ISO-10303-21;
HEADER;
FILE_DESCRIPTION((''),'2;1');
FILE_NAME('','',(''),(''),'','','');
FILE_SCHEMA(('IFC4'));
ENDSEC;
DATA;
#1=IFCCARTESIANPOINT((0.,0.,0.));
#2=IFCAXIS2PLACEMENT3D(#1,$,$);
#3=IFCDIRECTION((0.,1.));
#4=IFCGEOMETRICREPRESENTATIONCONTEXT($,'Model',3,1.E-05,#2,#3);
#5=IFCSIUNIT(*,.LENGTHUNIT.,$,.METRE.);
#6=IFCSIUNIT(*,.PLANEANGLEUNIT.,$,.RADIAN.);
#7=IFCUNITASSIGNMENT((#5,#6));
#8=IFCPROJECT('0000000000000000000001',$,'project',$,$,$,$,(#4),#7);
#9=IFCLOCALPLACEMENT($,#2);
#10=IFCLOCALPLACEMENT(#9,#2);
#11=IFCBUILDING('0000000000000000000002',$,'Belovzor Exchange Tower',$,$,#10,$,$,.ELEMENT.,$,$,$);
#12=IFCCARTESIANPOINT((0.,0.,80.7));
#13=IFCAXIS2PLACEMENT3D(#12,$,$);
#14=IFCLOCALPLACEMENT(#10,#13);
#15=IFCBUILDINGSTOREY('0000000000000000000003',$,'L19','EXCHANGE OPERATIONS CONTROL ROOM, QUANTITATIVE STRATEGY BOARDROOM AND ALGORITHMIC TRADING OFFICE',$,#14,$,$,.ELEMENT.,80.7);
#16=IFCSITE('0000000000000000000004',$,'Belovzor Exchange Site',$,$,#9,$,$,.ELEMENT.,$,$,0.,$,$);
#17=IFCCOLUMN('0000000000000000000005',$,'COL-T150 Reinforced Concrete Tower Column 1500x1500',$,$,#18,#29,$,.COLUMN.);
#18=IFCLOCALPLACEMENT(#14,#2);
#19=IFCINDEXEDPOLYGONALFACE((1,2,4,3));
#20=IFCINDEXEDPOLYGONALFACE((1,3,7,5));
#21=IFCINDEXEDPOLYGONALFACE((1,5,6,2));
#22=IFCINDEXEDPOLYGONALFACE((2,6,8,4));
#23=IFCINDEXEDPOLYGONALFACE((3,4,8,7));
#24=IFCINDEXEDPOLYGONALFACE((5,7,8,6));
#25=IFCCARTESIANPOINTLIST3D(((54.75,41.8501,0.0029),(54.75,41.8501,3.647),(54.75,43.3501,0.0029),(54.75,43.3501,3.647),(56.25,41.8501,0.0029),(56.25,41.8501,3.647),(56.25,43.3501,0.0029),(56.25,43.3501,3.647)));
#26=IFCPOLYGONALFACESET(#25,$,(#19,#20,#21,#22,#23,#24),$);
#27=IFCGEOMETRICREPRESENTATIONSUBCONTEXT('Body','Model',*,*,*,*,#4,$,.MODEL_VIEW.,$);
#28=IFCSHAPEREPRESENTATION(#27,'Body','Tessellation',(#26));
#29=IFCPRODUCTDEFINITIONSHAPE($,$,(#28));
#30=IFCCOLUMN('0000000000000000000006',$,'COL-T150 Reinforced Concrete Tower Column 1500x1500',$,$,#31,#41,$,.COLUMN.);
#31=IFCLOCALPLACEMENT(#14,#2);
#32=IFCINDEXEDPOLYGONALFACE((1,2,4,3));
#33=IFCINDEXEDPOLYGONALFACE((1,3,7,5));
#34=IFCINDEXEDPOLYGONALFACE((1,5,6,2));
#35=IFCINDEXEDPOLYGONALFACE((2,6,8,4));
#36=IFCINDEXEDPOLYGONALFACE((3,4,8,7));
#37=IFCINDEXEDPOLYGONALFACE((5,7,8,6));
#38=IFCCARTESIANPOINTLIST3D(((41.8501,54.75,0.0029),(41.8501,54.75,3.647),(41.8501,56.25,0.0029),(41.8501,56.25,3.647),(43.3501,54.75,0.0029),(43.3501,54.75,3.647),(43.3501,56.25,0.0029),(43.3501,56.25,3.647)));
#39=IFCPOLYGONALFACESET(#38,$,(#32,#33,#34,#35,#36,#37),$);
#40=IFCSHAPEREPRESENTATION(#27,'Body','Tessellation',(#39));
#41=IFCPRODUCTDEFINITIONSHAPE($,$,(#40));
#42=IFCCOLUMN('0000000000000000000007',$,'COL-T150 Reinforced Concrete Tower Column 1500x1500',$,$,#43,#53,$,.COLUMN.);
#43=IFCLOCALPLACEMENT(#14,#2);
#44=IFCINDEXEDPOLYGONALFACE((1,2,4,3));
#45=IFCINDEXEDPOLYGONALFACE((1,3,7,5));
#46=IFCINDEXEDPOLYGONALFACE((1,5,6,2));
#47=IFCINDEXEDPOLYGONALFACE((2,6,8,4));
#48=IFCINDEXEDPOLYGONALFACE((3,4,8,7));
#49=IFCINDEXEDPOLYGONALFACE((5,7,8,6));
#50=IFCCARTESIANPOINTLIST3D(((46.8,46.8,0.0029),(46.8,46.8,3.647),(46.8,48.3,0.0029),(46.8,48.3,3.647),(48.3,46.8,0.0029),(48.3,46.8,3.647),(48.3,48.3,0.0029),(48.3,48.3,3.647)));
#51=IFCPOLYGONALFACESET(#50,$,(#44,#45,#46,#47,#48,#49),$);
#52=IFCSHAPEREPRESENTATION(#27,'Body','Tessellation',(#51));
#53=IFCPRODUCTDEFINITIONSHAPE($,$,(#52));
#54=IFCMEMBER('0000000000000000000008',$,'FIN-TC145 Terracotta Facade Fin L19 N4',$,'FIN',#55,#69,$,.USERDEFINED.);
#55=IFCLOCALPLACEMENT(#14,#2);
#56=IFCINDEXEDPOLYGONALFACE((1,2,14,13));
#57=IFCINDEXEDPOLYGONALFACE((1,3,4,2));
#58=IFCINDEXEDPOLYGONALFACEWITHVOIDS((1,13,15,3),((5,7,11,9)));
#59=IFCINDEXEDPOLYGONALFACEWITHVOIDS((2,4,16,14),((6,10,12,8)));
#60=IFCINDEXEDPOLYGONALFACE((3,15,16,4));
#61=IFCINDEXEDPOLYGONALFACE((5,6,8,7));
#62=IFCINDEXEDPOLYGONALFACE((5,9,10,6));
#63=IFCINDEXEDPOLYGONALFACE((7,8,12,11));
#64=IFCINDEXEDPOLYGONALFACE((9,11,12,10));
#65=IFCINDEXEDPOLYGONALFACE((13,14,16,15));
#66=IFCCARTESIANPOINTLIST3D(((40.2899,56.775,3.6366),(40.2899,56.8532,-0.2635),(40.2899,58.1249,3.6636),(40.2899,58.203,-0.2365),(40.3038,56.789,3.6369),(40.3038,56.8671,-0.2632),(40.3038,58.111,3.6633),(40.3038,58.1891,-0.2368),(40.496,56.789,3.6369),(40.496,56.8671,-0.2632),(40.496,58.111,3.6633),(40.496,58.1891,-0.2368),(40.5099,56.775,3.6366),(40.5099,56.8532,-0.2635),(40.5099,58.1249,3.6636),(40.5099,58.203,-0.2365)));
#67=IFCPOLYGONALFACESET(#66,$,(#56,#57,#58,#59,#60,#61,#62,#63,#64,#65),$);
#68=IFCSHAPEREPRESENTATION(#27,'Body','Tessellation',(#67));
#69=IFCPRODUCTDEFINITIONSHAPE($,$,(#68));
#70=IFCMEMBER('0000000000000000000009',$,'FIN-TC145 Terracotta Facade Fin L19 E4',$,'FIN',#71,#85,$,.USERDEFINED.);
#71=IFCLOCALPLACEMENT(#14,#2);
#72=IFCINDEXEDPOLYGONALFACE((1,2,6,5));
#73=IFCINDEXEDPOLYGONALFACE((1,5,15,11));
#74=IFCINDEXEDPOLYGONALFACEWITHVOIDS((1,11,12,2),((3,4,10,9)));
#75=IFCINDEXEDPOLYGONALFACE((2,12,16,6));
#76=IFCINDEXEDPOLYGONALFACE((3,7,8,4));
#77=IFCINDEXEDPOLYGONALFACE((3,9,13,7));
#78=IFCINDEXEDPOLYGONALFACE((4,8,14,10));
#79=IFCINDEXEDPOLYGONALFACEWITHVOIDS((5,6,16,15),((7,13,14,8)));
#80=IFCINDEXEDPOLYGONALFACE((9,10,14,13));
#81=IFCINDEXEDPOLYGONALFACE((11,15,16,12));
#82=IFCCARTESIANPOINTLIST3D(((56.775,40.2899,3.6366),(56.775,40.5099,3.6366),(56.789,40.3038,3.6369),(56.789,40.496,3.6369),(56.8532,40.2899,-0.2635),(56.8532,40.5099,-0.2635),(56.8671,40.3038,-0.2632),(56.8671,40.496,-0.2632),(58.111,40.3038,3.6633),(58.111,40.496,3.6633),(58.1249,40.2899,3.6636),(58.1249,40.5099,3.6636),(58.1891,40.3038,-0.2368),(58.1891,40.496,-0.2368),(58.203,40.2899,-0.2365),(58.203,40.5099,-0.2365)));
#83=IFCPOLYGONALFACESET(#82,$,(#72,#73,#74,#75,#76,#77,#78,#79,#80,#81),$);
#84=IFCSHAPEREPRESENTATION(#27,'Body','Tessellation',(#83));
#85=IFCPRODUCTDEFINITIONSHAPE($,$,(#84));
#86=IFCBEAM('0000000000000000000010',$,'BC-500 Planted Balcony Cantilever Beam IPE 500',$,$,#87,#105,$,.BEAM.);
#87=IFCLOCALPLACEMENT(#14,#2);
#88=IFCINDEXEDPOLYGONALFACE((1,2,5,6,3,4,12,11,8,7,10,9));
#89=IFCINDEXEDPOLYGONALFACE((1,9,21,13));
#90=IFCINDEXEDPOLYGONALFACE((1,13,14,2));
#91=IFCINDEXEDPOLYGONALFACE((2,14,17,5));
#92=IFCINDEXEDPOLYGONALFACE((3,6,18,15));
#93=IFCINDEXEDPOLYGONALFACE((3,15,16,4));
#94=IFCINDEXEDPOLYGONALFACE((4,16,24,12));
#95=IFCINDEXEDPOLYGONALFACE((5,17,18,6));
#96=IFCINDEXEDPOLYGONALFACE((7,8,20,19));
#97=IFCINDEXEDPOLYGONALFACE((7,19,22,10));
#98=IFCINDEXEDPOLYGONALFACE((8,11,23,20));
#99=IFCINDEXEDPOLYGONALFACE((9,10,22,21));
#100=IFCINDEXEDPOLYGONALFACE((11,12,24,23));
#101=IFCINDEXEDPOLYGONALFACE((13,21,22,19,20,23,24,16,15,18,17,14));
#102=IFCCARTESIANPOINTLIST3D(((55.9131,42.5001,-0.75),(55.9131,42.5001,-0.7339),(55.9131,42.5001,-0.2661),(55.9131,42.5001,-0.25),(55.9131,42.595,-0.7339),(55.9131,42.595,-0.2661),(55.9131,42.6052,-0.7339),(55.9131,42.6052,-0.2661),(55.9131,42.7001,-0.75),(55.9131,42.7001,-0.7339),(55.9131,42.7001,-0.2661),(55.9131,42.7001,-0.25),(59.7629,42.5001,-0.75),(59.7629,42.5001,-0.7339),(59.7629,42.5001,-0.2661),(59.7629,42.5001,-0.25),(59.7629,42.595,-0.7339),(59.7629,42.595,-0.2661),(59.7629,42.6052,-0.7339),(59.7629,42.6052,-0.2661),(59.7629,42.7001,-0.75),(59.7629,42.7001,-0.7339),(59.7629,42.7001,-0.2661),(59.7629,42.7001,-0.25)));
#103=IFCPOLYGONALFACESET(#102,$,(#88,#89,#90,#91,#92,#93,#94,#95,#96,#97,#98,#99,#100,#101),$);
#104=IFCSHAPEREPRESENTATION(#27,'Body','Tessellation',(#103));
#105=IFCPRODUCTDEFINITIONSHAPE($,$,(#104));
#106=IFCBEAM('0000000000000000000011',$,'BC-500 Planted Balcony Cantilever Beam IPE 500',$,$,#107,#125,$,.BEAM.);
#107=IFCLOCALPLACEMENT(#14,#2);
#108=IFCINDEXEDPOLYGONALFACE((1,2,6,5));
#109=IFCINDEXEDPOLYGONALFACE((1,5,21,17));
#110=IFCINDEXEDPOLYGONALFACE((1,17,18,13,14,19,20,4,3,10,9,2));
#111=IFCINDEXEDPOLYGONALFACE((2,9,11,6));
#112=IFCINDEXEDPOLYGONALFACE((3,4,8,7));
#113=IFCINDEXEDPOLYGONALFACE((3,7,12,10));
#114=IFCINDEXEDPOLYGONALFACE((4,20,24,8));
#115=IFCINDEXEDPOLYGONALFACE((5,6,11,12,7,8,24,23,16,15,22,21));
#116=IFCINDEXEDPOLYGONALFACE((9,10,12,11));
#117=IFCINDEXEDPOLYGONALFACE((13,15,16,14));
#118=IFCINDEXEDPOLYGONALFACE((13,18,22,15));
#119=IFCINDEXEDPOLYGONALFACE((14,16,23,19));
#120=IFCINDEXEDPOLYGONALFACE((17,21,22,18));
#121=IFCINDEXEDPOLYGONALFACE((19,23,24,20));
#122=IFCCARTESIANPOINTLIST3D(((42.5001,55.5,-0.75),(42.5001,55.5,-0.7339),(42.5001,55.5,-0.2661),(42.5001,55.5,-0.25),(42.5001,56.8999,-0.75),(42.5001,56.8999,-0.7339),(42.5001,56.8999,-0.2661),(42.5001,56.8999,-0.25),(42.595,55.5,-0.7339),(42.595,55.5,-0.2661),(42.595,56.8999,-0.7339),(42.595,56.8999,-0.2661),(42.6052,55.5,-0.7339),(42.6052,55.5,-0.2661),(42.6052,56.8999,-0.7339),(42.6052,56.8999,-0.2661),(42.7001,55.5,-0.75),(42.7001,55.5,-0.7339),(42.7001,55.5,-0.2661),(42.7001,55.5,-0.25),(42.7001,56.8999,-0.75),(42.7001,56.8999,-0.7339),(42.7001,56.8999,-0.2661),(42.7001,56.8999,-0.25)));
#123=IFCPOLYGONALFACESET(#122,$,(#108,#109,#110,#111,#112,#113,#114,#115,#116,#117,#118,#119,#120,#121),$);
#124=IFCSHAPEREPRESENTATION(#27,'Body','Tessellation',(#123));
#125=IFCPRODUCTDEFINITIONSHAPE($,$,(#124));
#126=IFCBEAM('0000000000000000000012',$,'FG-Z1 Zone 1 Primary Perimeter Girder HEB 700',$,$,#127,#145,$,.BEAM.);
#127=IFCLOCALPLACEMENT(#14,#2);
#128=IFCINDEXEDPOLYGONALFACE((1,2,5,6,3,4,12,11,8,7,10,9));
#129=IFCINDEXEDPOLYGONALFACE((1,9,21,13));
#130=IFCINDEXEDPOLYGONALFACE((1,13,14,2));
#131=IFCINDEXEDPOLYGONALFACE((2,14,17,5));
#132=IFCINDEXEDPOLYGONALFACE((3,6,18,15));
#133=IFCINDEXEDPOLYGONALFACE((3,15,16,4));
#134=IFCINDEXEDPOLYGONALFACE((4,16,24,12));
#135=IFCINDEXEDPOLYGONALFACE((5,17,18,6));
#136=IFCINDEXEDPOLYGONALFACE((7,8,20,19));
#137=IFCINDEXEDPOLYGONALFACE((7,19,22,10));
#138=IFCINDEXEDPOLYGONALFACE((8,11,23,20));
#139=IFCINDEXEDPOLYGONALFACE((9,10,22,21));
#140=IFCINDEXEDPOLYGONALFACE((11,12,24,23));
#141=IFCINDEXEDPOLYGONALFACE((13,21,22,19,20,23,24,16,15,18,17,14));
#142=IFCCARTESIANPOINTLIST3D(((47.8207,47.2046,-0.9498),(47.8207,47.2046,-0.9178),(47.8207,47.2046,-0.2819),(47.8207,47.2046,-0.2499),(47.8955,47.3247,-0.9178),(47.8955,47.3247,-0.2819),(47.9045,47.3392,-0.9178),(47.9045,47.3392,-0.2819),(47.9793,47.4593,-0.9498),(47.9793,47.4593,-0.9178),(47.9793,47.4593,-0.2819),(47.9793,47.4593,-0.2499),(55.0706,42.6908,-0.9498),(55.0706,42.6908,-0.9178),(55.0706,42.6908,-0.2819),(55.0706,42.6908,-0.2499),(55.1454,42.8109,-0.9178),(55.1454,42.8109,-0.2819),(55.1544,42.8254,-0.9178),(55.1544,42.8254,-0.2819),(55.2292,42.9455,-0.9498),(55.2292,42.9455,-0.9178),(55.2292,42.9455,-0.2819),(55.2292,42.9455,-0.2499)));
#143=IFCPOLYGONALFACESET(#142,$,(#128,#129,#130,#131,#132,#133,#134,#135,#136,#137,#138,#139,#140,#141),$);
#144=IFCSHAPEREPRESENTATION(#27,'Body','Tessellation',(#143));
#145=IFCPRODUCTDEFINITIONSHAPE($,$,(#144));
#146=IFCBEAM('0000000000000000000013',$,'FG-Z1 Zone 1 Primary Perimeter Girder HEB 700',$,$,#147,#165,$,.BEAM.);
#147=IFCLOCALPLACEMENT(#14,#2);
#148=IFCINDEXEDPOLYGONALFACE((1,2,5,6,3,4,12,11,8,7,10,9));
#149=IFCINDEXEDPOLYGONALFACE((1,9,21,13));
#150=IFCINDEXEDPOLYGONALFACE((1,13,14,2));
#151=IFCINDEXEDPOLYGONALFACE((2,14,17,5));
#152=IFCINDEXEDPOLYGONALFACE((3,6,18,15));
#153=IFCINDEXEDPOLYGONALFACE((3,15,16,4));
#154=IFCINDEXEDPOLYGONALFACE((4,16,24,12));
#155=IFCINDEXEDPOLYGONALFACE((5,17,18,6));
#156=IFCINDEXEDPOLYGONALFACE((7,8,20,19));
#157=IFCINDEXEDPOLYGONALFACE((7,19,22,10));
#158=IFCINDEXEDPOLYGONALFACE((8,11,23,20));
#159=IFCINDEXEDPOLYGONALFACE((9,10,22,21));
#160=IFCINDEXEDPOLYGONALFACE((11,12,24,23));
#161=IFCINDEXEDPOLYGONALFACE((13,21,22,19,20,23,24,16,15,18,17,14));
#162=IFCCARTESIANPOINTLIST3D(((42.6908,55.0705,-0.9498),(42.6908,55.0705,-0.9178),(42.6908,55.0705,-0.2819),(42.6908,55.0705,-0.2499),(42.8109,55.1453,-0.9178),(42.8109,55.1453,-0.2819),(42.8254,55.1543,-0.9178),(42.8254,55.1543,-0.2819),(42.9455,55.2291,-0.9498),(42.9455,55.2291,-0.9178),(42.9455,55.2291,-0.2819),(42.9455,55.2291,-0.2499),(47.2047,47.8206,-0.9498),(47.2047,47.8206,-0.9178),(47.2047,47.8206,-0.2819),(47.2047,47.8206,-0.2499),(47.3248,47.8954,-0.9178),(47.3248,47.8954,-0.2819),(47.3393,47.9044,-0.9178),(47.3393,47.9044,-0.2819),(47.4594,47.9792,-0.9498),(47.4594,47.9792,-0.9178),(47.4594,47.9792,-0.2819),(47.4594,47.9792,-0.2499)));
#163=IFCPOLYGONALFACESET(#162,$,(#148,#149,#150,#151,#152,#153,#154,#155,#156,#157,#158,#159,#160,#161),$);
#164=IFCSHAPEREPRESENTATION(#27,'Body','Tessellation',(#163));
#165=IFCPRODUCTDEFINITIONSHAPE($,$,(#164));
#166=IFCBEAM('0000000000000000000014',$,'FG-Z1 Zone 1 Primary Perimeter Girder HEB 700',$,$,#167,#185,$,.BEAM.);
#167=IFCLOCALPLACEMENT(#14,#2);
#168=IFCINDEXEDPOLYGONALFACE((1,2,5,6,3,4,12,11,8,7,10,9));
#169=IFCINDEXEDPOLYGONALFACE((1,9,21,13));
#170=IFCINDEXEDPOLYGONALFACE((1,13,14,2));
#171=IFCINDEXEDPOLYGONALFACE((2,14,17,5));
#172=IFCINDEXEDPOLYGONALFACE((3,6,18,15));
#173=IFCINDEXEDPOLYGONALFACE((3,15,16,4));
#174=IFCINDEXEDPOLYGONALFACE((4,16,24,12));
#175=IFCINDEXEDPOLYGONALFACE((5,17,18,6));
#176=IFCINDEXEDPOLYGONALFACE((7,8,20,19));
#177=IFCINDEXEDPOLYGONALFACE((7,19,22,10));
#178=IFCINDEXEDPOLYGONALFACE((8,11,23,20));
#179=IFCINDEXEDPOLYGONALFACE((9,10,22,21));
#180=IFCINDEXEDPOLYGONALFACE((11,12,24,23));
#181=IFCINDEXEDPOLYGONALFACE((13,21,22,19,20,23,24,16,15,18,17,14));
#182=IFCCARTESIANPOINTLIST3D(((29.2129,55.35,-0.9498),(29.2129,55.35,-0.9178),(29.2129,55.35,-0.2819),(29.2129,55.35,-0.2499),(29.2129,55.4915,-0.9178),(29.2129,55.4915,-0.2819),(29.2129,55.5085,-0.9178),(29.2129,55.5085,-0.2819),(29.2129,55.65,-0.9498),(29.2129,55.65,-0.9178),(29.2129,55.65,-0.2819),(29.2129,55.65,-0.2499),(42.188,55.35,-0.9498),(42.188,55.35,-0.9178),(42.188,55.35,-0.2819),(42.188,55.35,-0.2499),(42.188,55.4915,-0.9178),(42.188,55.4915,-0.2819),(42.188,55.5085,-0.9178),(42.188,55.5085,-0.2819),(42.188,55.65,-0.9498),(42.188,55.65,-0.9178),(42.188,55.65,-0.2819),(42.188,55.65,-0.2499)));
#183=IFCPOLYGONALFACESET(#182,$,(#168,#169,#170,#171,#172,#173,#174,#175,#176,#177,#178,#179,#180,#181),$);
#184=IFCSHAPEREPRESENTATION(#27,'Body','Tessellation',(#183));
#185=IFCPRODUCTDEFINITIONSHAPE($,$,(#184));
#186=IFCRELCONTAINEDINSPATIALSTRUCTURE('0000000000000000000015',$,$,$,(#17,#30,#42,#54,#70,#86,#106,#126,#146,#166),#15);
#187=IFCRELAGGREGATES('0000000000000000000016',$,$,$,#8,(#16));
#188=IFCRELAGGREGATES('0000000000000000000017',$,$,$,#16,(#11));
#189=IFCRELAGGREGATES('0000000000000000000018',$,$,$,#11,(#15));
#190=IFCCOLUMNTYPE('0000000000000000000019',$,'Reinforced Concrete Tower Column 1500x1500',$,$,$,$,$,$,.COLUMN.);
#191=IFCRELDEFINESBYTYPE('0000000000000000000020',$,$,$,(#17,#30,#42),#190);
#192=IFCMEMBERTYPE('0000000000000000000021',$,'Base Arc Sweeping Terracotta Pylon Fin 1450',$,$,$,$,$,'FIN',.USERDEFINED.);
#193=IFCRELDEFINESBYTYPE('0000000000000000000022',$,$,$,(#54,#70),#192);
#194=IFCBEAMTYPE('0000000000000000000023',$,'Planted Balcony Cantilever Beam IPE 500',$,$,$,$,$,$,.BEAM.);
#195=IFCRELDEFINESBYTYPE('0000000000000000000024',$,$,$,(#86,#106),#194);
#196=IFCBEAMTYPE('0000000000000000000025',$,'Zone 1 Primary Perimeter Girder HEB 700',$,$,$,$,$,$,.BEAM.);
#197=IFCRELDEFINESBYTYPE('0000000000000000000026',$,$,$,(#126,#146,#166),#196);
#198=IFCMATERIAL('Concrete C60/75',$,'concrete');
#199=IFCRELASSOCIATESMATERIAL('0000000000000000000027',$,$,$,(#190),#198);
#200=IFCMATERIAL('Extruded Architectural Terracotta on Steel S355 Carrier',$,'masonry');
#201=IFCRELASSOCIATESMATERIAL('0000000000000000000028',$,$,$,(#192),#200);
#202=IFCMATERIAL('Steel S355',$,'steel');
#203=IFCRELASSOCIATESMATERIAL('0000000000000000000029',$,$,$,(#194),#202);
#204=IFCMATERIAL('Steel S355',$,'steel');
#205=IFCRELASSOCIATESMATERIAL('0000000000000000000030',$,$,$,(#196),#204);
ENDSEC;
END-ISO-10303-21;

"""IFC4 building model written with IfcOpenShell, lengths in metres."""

from ifc_helpers import new_model, si_unit, direction, frame, origin, origin_2d, place, context, subcontext, project, spatial, rectangle, hollow_rectangle, i_section, extrude, material, material_profile, profile_set, type_object, element, save


model = new_model("IFC4")

# Units and contexts
model_context = context("Model", 3, precision=1e-05, world=origin(), true_north=direction((0.0, 1.0)))
body_context = subcontext(model_context, "Body", "Model", "MODEL_VIEW")
ifc_project = project(units=[si_unit("LENGTHUNIT", "METRE"), si_unit("PLANEANGLEUNIT", "RADIAN")], contexts=[model_context])

# Site, building, storey
site_placement = place(None, origin())
site = spatial("IfcSite", under=ifc_project, at=site_placement, Name="Belovzor Exchange Site", CompositionType="ELEMENT", RefElevation=0.0)
building_placement = place(site_placement, origin())
building = spatial("IfcBuilding", under=site, at=building_placement, Name="Belovzor Exchange Tower", CompositionType="ELEMENT")
storey_placement = place(building_placement, frame((0.0, 0.0, 80.7)))
storey = spatial("IfcBuildingStorey", under=building, at=storey_placement, Name="L19", Description="EXCHANGE OPERATIONS CONTROL ROOM, QUANTITATIVE STRATEGY BOARDROOM AND ALGORITHMIC TRADING OFFICE", CompositionType="ELEMENT", Elevation=80.7)

# Columns
ifc_material_1 = material(Name="Concrete C60/75", Category="concrete")
ifc_material_profile_1 = material_profile(ifc_material_1, rectangle(XDim=1.5, YDim=1.5, at=origin_2d()))
ifc_profile_set_1 = profile_set([ifc_material_profile_1], Name="Concrete C60/75")
column_type = type_object("IfcColumnType", Name="Reinforced Concrete Tower Column 1500x1500", PredefinedType="COLUMN", material=ifc_profile_set_1)
for number, where, z_axis, x_axis, name in (
    (1, (55.5, 42.6001, 0.0029), (0.0, 0.0, 1.0), (1.0, 0.0, 0.0), "COL-T150 Reinforced Concrete Tower Column 1500x1500"),
    (2, (42.6001, 55.5, 0.0029), (0.0, 0.0, 1.0), (1.0, 0.0, 0.0), "COL-T150 Reinforced Concrete Tower Column 1500x1500"),
    (3, (47.55, 47.55, 0.0029), (0.0, 0.0, 1.0), (1.0, 0.0, 0.0), "COL-T150 Reinforced Concrete Tower Column 1500x1500"),
):
    element("IfcColumn", number, at=place(storey_placement, frame(where, z_axis=z_axis, x_axis=x_axis)), inside=storey, type_object=column_type, Name=name, PredefinedType="COLUMN", context=body_context, shape_type="SweptSolid", body=[
        extrude(rectangle(XDim=1.5, YDim=1.5, at=origin_2d()), origin(), (0.0, 0.0, 1.0), 3.644),
    ])

# Members
ifc_material_2 = material(Name="Extruded Architectural Terracotta on Steel S355 Carrier", Category="masonry")
ifc_material_profile_2 = material_profile(ifc_material_2, hollow_rectangle(XDim=0.22, YDim=1.3501, WallThickness=0.0139, at=origin_2d()))
ifc_profile_set_2 = profile_set([ifc_material_profile_2], Name="Extruded Architectural Terracotta on Steel S355 Carrier")
member_type = type_object("IfcMemberType", Name="Base Arc Sweeping Terracotta Pylon Fin 1450", ElementType="FIN", PredefinedType="USERDEFINED", material=ifc_profile_set_2)
for number, where, z_axis, x_axis, name in (
    (4, (40.3999, 57.5281, -0.25), (0.0, -0.020027, 0.999799), (1.0, 0.0, 0.0), "FIN-TC145 Terracotta Facade Fin L19 N4"),
    (5, (57.5281, 40.3999, -0.25), (-0.020027, 0.0, 0.999799), (0.0, -1.0, 0.0), "FIN-TC145 Terracotta Facade Fin L19 E4"),
):
    element("IfcMember", number, at=place(storey_placement, frame(where, z_axis=z_axis, x_axis=x_axis)), inside=storey, type_object=member_type, Name=name, ObjectType="FIN", PredefinedType="USERDEFINED", context=body_context, shape_type="SweptSolid", body=[
        extrude(hollow_rectangle(XDim=0.22, YDim=1.3501, WallThickness=0.0139, at=origin_2d()), origin(), (0.0, 0.0, 1.0), 3.9009),
    ])

# Beams
ifc_material_3 = material(Name="Steel S355", Category="steel")
ifc_material_profile_3 = material_profile(ifc_material_3, i_section(OverallWidth=0.2, OverallDepth=0.5, WebThickness=0.0103, FlangeThickness=0.0161, at=origin_2d()))
ifc_profile_set_3 = profile_set([ifc_material_profile_3], Name="Steel S355")
beam_type_1 = type_object("IfcBeamType", Name="Planted Balcony Cantilever Beam IPE 500", PredefinedType="BEAM", material=ifc_profile_set_3)
beam_1_placement = place(storey_placement, frame((55.9131, 42.6001, -0.5), z_axis=(1.0, 0.0, 0.0), x_axis=(0.0, 1.0, 0.0)))
element("IfcBeam", 6, at=beam_1_placement, inside=storey, type_object=beam_type_1, Name="BC-500 Planted Balcony Cantilever Beam IPE 500", PredefinedType="BEAM", context=body_context, shape_type="SweptSolid", body=[
    extrude(i_section(OverallWidth=0.2, OverallDepth=0.5, WebThickness=0.0103, FlangeThickness=0.0161, at=origin_2d()), origin(), (0.0, 0.0, 1.0), 3.8499),
])
beam_2_placement = place(storey_placement, frame((42.6001, 55.5, -0.5), z_axis=(0.0, 1.0, 0.0), x_axis=(-1.0, 0.0, 0.0)))
element("IfcBeam", 7, at=beam_2_placement, inside=storey, type_object=beam_type_1, Name="BC-500 Planted Balcony Cantilever Beam IPE 500", PredefinedType="BEAM", context=body_context, shape_type="SweptSolid", body=[
    extrude(i_section(OverallWidth=0.2, OverallDepth=0.5, WebThickness=0.0103, FlangeThickness=0.0161, at=origin_2d()), origin(), (0.0, 0.0, 1.0), 1.3999),
])
ifc_material_4 = material(Name="Steel S355", Category="steel")
ifc_material_profile_4 = material_profile(ifc_material_4, i_section(OverallWidth=0.3, OverallDepth=0.7, WebThickness=0.0171, FlangeThickness=0.032, at=origin_2d()))
ifc_profile_set_4 = profile_set([ifc_material_profile_4], Name="Steel S355")
beam_type_2 = type_object("IfcBeamType", Name="Zone 1 Primary Perimeter Girder HEB 700", PredefinedType="BEAM", material=ifc_profile_set_4)
for number, where, z_axis, x_axis, name in (
    (8, (55.1499, 42.8181, -0.5999), (-0.848909, 0.528539, 0.0), (-0.528539, -0.848909, 0.0), "FG-Z1 Zone 1 Primary Perimeter Girder HEB 700"),
    (9, (47.332, 47.8999, -0.5999), (-0.528539, 0.848909, 0.0), (-0.848909, -0.528539, 0.0), "FG-Z1 Zone 1 Primary Perimeter Girder HEB 700"),
):
    element("IfcBeam", number, at=place(storey_placement, frame(where, z_axis=z_axis, x_axis=x_axis)), inside=storey, type_object=beam_type_2, Name=name, PredefinedType="BEAM", context=body_context, shape_type="SweptSolid", body=[
        extrude(i_section(OverallWidth=0.3, OverallDepth=0.7, WebThickness=0.0171, FlangeThickness=0.032, at=origin_2d()), origin(), (0.0, 0.0, 1.0), 8.5403),
    ])
beam_3_placement = place(storey_placement, frame((42.188, 55.5, -0.5999), z_axis=(-1.0, 0.0, 0.0), x_axis=(0.0, -1.0, 0.0)))
element("IfcBeam", 10, at=beam_3_placement, inside=storey, type_object=beam_type_2, Name="FG-Z1 Zone 1 Primary Perimeter Girder HEB 700", PredefinedType="BEAM", context=body_context, shape_type="SweptSolid", body=[
    extrude(i_section(OverallWidth=0.3, OverallDepth=0.7, WebThickness=0.0171, FlangeThickness=0.032, at=origin_2d()), origin(), (0.0, 0.0, 1.0), 12.9751),
])

save(model, "model.ifc")
